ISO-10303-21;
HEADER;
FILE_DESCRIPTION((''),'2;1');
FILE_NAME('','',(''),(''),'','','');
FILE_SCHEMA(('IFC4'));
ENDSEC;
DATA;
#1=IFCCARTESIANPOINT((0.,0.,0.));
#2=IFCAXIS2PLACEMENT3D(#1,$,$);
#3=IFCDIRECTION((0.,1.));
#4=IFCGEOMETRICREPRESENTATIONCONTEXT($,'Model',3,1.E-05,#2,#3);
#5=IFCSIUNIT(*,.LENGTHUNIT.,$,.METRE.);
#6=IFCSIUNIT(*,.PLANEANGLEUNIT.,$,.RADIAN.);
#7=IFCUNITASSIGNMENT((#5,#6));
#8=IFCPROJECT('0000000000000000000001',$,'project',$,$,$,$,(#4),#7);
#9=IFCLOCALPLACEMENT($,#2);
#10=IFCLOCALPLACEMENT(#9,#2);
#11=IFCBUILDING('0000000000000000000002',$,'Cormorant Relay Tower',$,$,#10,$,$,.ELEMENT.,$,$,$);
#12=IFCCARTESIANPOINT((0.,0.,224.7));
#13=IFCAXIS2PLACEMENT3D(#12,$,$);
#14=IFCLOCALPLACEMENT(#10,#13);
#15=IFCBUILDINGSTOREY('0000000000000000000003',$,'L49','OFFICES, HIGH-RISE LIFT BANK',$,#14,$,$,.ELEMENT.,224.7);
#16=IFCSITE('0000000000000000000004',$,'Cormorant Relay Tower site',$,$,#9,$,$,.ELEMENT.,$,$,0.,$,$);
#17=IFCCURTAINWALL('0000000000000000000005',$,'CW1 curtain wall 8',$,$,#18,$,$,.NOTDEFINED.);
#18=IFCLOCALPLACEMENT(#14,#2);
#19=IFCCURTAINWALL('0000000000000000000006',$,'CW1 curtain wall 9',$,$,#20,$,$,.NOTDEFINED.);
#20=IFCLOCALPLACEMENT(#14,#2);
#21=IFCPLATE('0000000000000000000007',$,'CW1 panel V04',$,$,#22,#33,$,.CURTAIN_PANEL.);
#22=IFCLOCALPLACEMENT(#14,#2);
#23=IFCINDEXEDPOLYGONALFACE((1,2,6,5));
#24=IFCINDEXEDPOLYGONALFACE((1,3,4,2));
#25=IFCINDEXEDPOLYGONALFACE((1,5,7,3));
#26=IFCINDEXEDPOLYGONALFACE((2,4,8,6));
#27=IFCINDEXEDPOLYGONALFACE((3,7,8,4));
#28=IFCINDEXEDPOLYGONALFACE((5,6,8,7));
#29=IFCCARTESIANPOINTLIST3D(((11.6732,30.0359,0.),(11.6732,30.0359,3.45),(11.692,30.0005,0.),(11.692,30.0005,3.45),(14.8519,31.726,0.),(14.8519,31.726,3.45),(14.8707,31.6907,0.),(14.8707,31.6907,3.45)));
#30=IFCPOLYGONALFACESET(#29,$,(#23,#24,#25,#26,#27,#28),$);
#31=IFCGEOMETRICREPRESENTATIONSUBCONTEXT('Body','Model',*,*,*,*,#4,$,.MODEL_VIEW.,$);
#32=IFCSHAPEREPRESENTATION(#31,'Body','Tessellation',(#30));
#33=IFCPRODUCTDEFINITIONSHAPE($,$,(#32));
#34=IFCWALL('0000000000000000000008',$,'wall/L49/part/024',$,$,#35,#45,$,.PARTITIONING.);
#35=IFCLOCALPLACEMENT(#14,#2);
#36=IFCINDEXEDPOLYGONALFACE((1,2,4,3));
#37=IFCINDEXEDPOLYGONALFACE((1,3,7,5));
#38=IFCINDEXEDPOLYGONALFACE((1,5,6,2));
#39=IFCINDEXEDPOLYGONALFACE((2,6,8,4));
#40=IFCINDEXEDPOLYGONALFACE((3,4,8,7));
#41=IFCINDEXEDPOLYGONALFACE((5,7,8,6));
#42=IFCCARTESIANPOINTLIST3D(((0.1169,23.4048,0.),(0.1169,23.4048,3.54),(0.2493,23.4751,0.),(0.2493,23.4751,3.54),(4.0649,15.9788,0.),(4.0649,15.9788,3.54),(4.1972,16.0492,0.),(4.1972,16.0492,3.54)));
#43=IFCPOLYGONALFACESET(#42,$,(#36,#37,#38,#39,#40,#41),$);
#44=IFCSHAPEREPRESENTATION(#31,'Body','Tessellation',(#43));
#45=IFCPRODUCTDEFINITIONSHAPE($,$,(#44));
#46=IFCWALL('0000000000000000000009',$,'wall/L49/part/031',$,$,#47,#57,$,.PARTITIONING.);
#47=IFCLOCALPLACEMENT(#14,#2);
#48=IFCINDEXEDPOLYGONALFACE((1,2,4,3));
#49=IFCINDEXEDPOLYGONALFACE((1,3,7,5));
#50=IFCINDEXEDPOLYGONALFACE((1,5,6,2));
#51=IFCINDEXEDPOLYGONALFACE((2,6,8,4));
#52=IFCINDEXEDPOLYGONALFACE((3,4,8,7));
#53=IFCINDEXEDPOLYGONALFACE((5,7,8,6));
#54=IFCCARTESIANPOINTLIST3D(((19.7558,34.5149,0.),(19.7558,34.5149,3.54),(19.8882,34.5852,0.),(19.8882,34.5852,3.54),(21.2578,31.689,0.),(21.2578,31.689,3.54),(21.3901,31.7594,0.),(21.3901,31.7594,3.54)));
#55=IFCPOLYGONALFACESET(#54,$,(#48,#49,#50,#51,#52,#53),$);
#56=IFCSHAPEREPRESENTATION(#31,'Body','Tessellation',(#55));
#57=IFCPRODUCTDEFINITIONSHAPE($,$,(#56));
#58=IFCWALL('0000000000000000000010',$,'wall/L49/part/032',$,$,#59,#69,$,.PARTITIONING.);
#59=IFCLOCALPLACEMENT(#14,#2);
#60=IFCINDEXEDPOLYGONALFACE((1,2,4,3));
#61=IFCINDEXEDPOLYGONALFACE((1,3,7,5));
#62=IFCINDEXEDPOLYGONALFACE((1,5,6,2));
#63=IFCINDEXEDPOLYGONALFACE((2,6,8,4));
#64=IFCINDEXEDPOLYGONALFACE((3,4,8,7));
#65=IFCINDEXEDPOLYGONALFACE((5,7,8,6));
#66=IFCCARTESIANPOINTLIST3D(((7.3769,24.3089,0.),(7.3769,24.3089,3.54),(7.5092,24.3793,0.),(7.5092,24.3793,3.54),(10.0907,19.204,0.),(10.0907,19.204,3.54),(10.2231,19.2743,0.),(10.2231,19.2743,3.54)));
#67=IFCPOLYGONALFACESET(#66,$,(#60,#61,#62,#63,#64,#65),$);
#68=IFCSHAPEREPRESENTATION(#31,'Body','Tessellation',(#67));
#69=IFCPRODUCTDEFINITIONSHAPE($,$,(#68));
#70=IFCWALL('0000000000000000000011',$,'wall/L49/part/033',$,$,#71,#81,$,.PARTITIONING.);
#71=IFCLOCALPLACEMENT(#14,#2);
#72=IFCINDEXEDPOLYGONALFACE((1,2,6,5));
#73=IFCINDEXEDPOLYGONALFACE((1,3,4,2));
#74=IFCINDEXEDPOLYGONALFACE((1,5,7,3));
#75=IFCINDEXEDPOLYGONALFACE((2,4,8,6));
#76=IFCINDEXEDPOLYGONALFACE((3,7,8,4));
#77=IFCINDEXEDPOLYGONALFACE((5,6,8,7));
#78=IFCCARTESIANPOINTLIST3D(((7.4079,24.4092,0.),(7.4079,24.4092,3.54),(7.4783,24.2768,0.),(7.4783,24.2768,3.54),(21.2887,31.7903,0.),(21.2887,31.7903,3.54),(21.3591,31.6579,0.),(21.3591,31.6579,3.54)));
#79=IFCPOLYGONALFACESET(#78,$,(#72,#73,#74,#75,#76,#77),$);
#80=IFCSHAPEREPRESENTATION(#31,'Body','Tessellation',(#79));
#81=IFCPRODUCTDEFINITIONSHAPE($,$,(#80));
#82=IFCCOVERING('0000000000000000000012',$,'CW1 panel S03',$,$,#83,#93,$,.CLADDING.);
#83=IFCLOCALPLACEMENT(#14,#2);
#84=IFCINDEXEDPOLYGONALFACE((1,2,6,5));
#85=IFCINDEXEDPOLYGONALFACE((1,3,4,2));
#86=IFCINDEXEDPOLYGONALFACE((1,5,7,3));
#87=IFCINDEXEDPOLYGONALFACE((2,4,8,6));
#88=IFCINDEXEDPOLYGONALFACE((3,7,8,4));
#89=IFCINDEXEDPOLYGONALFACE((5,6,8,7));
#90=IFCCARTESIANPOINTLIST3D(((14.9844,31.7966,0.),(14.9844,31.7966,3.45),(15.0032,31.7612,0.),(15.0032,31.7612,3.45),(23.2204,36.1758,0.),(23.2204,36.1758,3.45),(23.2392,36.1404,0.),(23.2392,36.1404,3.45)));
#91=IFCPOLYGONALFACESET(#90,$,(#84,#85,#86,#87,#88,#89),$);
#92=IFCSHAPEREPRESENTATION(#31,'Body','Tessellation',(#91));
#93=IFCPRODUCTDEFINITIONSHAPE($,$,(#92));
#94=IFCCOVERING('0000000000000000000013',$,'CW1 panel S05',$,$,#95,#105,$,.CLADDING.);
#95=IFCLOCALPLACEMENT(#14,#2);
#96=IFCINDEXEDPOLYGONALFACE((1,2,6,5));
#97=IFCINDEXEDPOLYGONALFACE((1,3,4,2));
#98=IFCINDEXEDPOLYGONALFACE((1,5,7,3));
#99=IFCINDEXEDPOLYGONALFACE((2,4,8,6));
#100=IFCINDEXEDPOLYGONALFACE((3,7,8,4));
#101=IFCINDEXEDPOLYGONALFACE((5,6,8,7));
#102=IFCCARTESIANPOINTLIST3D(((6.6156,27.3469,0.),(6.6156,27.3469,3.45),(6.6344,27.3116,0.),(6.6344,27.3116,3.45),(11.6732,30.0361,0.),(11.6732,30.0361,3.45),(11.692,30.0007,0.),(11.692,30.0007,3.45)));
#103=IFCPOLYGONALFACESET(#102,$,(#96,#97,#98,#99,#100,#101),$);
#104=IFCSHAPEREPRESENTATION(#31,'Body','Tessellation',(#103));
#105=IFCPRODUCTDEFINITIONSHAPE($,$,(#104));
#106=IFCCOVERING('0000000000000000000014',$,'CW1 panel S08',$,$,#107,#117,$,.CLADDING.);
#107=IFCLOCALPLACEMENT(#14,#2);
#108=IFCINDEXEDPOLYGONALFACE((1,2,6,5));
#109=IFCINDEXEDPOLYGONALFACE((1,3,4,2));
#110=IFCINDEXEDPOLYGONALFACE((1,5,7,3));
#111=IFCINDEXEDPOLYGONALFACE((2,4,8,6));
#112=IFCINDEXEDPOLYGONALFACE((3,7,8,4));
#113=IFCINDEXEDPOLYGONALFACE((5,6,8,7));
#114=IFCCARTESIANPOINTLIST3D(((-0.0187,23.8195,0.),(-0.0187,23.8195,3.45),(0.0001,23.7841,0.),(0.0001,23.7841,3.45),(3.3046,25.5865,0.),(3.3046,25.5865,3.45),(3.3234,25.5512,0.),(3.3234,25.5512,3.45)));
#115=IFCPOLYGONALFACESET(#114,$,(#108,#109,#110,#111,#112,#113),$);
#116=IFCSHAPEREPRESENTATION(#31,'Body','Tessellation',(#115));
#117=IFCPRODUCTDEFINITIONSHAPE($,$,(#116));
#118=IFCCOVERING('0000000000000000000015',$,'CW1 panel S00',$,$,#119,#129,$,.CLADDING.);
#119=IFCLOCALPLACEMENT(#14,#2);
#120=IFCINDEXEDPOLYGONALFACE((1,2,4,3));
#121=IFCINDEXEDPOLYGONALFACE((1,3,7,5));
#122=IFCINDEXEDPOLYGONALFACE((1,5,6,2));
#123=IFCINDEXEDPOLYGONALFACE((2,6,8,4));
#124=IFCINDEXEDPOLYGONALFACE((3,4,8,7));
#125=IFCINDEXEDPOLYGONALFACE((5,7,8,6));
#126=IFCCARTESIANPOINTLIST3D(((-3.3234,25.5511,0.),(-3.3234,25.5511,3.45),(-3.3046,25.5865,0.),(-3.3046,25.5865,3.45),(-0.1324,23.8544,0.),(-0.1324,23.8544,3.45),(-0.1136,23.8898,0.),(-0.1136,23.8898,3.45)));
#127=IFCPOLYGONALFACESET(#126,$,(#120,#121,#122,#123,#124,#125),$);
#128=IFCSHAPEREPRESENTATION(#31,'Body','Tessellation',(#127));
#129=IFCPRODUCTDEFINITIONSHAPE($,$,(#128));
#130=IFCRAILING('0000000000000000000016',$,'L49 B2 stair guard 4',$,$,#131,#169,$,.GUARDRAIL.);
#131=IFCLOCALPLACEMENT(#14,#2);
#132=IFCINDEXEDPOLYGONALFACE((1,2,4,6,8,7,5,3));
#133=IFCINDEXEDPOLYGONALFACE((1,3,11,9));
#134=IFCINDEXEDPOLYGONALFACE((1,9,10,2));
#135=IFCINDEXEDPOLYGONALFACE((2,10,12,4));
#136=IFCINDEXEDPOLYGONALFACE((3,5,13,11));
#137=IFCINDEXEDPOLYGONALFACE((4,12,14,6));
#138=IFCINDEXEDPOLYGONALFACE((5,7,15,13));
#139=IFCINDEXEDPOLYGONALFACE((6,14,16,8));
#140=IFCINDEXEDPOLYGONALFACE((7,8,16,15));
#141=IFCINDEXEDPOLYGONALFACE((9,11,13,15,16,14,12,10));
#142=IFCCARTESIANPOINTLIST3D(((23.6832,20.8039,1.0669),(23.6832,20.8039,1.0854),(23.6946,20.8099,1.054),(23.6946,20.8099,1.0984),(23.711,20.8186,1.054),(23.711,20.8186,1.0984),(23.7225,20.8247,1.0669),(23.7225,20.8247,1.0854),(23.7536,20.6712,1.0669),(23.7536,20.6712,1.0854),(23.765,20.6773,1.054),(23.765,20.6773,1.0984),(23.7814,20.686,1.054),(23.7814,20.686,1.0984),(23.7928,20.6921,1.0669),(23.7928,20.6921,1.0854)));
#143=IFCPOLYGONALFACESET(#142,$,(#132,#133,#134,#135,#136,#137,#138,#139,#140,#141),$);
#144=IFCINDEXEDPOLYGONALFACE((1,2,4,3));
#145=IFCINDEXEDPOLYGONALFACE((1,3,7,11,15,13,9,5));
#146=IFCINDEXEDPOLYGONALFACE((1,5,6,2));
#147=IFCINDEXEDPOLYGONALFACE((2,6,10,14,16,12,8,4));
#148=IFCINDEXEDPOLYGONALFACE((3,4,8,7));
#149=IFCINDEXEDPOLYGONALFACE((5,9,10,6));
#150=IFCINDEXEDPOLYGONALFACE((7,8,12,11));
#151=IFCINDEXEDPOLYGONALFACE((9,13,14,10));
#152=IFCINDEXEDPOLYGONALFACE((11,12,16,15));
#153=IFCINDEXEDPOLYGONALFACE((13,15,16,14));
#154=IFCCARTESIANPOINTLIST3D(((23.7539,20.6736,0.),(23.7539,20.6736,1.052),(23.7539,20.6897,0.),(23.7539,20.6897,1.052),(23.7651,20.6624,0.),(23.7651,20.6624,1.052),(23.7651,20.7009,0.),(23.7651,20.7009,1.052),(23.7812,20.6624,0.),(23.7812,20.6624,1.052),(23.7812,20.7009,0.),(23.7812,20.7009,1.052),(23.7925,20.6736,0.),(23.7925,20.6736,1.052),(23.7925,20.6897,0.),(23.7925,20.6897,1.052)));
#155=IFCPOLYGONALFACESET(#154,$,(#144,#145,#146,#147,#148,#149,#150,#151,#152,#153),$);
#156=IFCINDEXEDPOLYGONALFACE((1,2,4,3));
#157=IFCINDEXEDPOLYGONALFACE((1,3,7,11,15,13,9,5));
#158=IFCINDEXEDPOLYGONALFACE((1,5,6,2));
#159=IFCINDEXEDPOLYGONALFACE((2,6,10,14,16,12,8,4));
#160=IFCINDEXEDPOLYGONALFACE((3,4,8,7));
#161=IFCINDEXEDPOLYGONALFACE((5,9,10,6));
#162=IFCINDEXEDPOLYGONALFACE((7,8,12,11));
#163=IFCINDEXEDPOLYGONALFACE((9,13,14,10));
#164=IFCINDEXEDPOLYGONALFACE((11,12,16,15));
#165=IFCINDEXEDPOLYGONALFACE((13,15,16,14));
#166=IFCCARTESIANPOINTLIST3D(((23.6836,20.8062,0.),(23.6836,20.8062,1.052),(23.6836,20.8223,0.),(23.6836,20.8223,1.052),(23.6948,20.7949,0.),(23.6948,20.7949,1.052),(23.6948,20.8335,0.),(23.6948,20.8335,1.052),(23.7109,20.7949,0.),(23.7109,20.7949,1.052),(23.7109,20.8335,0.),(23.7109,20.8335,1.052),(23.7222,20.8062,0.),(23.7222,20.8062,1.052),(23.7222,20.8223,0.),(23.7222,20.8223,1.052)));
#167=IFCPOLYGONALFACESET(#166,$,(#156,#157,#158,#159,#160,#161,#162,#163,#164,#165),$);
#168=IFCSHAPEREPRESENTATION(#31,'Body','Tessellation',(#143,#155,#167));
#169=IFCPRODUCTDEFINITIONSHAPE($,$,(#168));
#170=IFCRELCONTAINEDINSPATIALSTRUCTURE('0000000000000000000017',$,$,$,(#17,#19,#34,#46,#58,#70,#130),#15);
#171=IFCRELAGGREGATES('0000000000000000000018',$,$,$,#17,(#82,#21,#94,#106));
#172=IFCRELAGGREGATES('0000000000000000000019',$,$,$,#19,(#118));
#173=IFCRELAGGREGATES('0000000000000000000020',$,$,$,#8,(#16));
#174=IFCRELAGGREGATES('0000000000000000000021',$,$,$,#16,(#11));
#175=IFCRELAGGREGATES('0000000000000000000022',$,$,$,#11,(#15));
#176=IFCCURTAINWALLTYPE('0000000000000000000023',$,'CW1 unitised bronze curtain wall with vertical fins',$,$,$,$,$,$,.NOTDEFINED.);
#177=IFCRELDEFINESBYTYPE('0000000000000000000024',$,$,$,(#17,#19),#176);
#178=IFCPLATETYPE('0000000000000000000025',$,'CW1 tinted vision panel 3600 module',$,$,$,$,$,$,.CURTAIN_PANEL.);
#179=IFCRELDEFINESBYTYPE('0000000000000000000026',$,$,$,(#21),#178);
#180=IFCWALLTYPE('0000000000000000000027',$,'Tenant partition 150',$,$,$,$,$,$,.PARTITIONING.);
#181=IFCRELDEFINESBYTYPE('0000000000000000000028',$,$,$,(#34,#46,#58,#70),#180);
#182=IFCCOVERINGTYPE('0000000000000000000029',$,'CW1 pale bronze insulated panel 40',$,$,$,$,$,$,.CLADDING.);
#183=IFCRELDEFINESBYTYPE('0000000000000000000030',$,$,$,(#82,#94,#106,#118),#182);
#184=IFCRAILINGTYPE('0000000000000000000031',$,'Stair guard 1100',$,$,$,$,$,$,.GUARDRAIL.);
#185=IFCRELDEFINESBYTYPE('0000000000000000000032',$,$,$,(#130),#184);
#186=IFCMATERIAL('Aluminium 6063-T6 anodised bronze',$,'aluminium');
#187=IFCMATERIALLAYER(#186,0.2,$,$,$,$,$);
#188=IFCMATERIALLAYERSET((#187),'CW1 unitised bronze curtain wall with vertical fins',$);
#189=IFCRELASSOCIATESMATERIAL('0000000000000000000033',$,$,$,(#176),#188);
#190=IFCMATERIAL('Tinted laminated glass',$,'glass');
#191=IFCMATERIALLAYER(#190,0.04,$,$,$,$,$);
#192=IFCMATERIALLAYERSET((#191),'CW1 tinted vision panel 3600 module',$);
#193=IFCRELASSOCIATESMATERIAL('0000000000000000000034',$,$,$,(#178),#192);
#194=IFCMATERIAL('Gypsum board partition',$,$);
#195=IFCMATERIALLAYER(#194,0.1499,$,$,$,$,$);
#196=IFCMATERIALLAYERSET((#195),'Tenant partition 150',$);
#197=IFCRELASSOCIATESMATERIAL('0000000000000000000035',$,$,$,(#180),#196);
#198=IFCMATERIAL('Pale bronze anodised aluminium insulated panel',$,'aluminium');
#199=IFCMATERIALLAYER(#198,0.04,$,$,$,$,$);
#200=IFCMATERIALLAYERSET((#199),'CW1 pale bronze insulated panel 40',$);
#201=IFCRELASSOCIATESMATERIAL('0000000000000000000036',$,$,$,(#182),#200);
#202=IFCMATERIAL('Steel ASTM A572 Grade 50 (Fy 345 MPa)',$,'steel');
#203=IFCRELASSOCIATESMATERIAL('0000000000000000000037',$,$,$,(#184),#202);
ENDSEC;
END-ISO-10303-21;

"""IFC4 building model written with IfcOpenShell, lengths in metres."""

from ifc_helpers import new_model, si_unit, direction, frame, frame_2d, origin, origin_2d, place, context, subcontext, project, spatial, polyline, rectangle, outline, extrude, material, layer, layer_set, type_object, element, aggregate, save


model = new_model("IFC4")

# Units and contexts
model_context = context("Model", 3, precision=1e-05, world=origin(), true_north=direction((0.0, 1.0)))
body_context = subcontext(model_context, "Body", "Model", "MODEL_VIEW")
ifc_project = project(units=[si_unit("LENGTHUNIT", "METRE"), si_unit("PLANEANGLEUNIT", "RADIAN")], contexts=[model_context])

# Site, building, storey
site_placement = place(None, origin())
site = spatial("IfcSite", under=ifc_project, at=site_placement, Name="Cormorant Relay Tower site", CompositionType="ELEMENT", RefElevation=0.0)
building_placement = place(site_placement, origin())
building = spatial("IfcBuilding", under=site, at=building_placement, Name="Cormorant Relay Tower", CompositionType="ELEMENT")
storey_placement = place(building_placement, frame((0.0, 0.0, 224.7)))
storey = spatial("IfcBuildingStorey", under=building, at=storey_placement, Name="L49", Description="OFFICES, HIGH-RISE LIFT BANK", CompositionType="ELEMENT", Elevation=224.7)

# Curtain walls
ifc_material_1 = material(Name="Aluminium 6063-T6 anodised bronze", Category="aluminium")
ifc_layer_1 = layer(ifc_material_1, 0.2)
ifc_layer_set_1 = layer_set([ifc_layer_1], Name="CW1 unitised bronze curtain wall with vertical fins")
curtain_wall_type = type_object("IfcCurtainWallType", Name="CW1 unitised bronze curtain wall with vertical fins", PredefinedType="NOTDEFINED", material=ifc_layer_set_1)
curtain_wall_1_placement = place(storey_placement, origin())
curtain_wall_1 = element("IfcCurtainWall", 1, at=curtain_wall_1_placement, inside=storey, type_object=curtain_wall_type, Name="CW1 curtain wall 8", PredefinedType="NOTDEFINED")
curtain_wall_2_placement = place(storey_placement, origin())
curtain_wall_2 = element("IfcCurtainWall", 2, at=curtain_wall_2_placement, inside=storey, type_object=curtain_wall_type, Name="CW1 curtain wall 9", PredefinedType="NOTDEFINED")

# Plate
ifc_material_2 = material(Name="Tinted laminated glass", Category="glass")
ifc_layer_2 = layer(ifc_material_2, 0.04)
ifc_layer_set_2 = layer_set([ifc_layer_2], Name="CW1 tinted vision panel 3600 module")
plate_type_1 = type_object("IfcPlateType", Name="CW1 tinted vision panel 3600 module", PredefinedType="CURTAIN_PANEL", material=ifc_layer_set_2)
plate_1_placement = place(storey_placement, frame((13.272, 30.8633, 0.0), z_axis=(0.0, 0.0, 1.0), x_axis=(-0.882948, -0.469472, 0.0)))
plate_1 = element("IfcPlate", 3, at=plate_1_placement, type_object=plate_type_1, Name="CW1 panel V04", PredefinedType="CURTAIN_PANEL", context=body_context, shape_type="SweptSolid", body=[
    extrude(rectangle(XDim=3.6001, YDim=0.04, at=origin_2d()), origin(), (0.0, 0.0, 1.0), 3.45),
])

# Walls
ifc_material_3 = material(Name="Gypsum board partition")
ifc_layer_3 = layer(ifc_material_3, 0.1499)
ifc_layer_set_3 = layer_set([ifc_layer_3], Name="Tenant partition 150")
wall_type = type_object("IfcWallType", Name="Tenant partition 150", PredefinedType="PARTITIONING", material=ifc_layer_set_3)
wall_1_placement = place(storey_placement, frame((0.1831, 23.4399, 0.0), z_axis=(0.0, 0.0, 1.0), x_axis=(0.469426, -0.882972, 0.0)))
element("IfcWall", 4, at=wall_1_placement, inside=storey, type_object=wall_type, Name="wall/L49/part/024", PredefinedType="PARTITIONING", context=body_context, shape_type="SweptSolid", body=[
    extrude(rectangle(XDim=8.4102, YDim=0.1499, at=frame_2d((4.2051, 0.0))), origin(), (0.0, 0.0, 1.0), 3.54),
])
wall_2_placement = place(storey_placement, frame((19.822, 34.55, 0.0), z_axis=(0.0, 0.0, 1.0), x_axis=(0.469321, -0.883028, 0.0)))
element("IfcWall", 5, at=wall_2_placement, inside=storey, type_object=wall_type, Name="wall/L49/part/031", PredefinedType="PARTITIONING", context=body_context, shape_type="SweptSolid", body=[
    extrude(rectangle(XDim=3.2002, YDim=0.1499, at=frame_2d((1.6001, 0.0))), origin(), (0.0, 0.0, 1.0), 3.54),
])
wall_3_placement = place(storey_placement, frame((7.4431, 24.344, 0.0), z_axis=(0.0, 0.0, 1.0), x_axis=(0.469404, -0.882983, 0.0)))
element("IfcWall", 6, at=wall_3_placement, inside=storey, type_object=wall_type, Name="wall/L49/part/032", PredefinedType="PARTITIONING", context=body_context, shape_type="SweptSolid", body=[
    extrude(rectangle(XDim=5.7815, YDim=0.1499, at=frame_2d((2.8906, 0.0))), origin(), (0.0, 0.0, 1.0), 3.54),
])
wall_4_placement = place(storey_placement, frame((7.4431, 24.343, 0.0), z_axis=(0.0, 0.0, 1.0), x_axis=(0.882934, 0.469497, 0.0)))
element("IfcWall", 7, at=wall_4_placement, inside=storey, type_object=wall_type, Name="wall/L49/part/033", PredefinedType="PARTITIONING", context=body_context, shape_type="SweptSolid", body=[
    extrude(rectangle(XDim=15.7212, YDim=0.1499, at=frame_2d((7.8606, 0.0))), origin(), (0.0, 0.0, 1.0), 3.54),
])

# Coverings
ifc_material_4 = material(Name="Pale bronze anodised aluminium insulated panel", Category="aluminium")
ifc_layer_4 = layer(ifc_material_4, 0.04)
ifc_layer_set_4 = layer_set([ifc_layer_4], Name="CW1 pale bronze insulated panel 40")
covering_type = type_object("IfcCoveringType", Name="CW1 pale bronze insulated panel 40", PredefinedType="CLADDING", material=ifc_layer_set_4)
covering_1_placement = place(storey_placement, frame((19.1118, 33.9685, 0.0), z_axis=(0.0, 0.0, 1.0), x_axis=(-0.882948, -0.469472, 0.0)))
covering_1 = element("IfcCovering", 8, at=covering_1_placement, type_object=covering_type, Name="CW1 panel S03", PredefinedType="CLADDING", context=body_context, shape_type="SweptSolid", body=[
    extrude(rectangle(XDim=9.3279, YDim=0.04, at=origin_2d()), origin(), (0.0, 0.0, 1.0), 3.45),
])
covering_2_placement = place(storey_placement, frame((9.1538, 28.6738, 0.0), z_axis=(0.0, 0.0, 1.0), x_axis=(-0.882948, -0.469472, 0.0)))
covering_2 = element("IfcCovering", 9, at=covering_2_placement, type_object=covering_type, Name="CW1 panel S05", PredefinedType="CLADDING", context=body_context, shape_type="SweptSolid", body=[
    extrude(rectangle(XDim=5.728, YDim=0.04, at=origin_2d()), origin(), (0.0, 0.0, 1.0), 3.45),
])
covering_3_placement = place(storey_placement, frame((1.6523, 24.6853, 0.0), z_axis=(0.0, 0.0, 1.0), x_axis=(-0.882948, -0.469472, 0.0)))
covering_3 = element("IfcCovering", 10, at=covering_3_placement, type_object=covering_type, Name="CW1 panel S08", PredefinedType="CLADDING", context=body_context, shape_type="SweptSolid", body=[
    extrude(rectangle(XDim=3.7639, YDim=0.04, at=origin_2d()), origin(), (0.0, 0.0, 1.0), 3.45),
])
aggregate(curtain_wall_1, [covering_1, plate_1, covering_2, covering_3])
covering_4_placement = place(storey_placement, frame((-1.7185, 24.7205, 0.0), z_axis=(0.0, 0.0, 1.0), x_axis=(-0.882948, 0.469472, 0.0)))
covering_4 = element("IfcCovering", 11, at=covering_4_placement, type_object=covering_type, Name="CW1 panel S00", PredefinedType="CLADDING", context=body_context, shape_type="SweptSolid", body=[
    extrude(rectangle(XDim=3.614, YDim=0.04, at=origin_2d()), origin(), (0.0, 0.0, 1.0), 3.45),
])
aggregate(curtain_wall_2, [covering_4])

# Railing
ifc_material_5 = material(Name="Steel ASTM A572 Grade 50 (Fy 345 MPa)", Category="steel")
railing_type = type_object("IfcRailingType", Name="Stair guard 1100", PredefinedType="GUARDRAIL", material=ifc_material_5)
railing_placement = place(storey_placement, frame((23.7732, 20.6816, 0.0)))
element("IfcRailing", 12, at=railing_placement, inside=storey, type_object=railing_type, Name="L49 B2 stair guard 4", PredefinedType="GUARDRAIL", context=body_context, shape_type="SweptSolid", body=[
    extrude(outline(polyline([(0.0222, 0.0093), (0.0093, 0.0222), (-0.0093, 0.0222), (-0.0222, 0.0093), (-0.0222, -0.0093), (-0.0093, -0.0222), (0.0093, -0.0222), (0.0222, -0.0093), (0.0222, 0.0093)])), frame((0.0, 0.0, 1.0762), z_axis=(-0.46856, 0.883431, 0.0), x_axis=(-0.883431, -0.46856, 0.0)), (0.0, 0.0, 1.0), 0.1501),
    extrude(outline(polyline([(0.0193, 0.0081), (0.0081, 0.0193), (-0.0081, 0.0193), (-0.0193, 0.0081), (-0.0193, -0.0081), (-0.0081, -0.0193), (0.0081, -0.0193), (0.0193, -0.0081), (0.0193, 0.0081)])), origin(), (0.0, 0.0, 1.0), 1.052),
    extrude(outline(polyline([(0.0193, 0.0081), (0.0081, 0.0193), (-0.0081, 0.0193), (-0.0193, 0.0081), (-0.0193, -0.0081), (-0.0081, -0.0193), (0.0081, -0.0193), (0.0193, -0.0081), (0.0193, 0.0081)])), frame((-0.0703, 0.1326, 0.0)), (0.0, 0.0, 1.0), 1.052),
])

save(model, "model.ifc")
